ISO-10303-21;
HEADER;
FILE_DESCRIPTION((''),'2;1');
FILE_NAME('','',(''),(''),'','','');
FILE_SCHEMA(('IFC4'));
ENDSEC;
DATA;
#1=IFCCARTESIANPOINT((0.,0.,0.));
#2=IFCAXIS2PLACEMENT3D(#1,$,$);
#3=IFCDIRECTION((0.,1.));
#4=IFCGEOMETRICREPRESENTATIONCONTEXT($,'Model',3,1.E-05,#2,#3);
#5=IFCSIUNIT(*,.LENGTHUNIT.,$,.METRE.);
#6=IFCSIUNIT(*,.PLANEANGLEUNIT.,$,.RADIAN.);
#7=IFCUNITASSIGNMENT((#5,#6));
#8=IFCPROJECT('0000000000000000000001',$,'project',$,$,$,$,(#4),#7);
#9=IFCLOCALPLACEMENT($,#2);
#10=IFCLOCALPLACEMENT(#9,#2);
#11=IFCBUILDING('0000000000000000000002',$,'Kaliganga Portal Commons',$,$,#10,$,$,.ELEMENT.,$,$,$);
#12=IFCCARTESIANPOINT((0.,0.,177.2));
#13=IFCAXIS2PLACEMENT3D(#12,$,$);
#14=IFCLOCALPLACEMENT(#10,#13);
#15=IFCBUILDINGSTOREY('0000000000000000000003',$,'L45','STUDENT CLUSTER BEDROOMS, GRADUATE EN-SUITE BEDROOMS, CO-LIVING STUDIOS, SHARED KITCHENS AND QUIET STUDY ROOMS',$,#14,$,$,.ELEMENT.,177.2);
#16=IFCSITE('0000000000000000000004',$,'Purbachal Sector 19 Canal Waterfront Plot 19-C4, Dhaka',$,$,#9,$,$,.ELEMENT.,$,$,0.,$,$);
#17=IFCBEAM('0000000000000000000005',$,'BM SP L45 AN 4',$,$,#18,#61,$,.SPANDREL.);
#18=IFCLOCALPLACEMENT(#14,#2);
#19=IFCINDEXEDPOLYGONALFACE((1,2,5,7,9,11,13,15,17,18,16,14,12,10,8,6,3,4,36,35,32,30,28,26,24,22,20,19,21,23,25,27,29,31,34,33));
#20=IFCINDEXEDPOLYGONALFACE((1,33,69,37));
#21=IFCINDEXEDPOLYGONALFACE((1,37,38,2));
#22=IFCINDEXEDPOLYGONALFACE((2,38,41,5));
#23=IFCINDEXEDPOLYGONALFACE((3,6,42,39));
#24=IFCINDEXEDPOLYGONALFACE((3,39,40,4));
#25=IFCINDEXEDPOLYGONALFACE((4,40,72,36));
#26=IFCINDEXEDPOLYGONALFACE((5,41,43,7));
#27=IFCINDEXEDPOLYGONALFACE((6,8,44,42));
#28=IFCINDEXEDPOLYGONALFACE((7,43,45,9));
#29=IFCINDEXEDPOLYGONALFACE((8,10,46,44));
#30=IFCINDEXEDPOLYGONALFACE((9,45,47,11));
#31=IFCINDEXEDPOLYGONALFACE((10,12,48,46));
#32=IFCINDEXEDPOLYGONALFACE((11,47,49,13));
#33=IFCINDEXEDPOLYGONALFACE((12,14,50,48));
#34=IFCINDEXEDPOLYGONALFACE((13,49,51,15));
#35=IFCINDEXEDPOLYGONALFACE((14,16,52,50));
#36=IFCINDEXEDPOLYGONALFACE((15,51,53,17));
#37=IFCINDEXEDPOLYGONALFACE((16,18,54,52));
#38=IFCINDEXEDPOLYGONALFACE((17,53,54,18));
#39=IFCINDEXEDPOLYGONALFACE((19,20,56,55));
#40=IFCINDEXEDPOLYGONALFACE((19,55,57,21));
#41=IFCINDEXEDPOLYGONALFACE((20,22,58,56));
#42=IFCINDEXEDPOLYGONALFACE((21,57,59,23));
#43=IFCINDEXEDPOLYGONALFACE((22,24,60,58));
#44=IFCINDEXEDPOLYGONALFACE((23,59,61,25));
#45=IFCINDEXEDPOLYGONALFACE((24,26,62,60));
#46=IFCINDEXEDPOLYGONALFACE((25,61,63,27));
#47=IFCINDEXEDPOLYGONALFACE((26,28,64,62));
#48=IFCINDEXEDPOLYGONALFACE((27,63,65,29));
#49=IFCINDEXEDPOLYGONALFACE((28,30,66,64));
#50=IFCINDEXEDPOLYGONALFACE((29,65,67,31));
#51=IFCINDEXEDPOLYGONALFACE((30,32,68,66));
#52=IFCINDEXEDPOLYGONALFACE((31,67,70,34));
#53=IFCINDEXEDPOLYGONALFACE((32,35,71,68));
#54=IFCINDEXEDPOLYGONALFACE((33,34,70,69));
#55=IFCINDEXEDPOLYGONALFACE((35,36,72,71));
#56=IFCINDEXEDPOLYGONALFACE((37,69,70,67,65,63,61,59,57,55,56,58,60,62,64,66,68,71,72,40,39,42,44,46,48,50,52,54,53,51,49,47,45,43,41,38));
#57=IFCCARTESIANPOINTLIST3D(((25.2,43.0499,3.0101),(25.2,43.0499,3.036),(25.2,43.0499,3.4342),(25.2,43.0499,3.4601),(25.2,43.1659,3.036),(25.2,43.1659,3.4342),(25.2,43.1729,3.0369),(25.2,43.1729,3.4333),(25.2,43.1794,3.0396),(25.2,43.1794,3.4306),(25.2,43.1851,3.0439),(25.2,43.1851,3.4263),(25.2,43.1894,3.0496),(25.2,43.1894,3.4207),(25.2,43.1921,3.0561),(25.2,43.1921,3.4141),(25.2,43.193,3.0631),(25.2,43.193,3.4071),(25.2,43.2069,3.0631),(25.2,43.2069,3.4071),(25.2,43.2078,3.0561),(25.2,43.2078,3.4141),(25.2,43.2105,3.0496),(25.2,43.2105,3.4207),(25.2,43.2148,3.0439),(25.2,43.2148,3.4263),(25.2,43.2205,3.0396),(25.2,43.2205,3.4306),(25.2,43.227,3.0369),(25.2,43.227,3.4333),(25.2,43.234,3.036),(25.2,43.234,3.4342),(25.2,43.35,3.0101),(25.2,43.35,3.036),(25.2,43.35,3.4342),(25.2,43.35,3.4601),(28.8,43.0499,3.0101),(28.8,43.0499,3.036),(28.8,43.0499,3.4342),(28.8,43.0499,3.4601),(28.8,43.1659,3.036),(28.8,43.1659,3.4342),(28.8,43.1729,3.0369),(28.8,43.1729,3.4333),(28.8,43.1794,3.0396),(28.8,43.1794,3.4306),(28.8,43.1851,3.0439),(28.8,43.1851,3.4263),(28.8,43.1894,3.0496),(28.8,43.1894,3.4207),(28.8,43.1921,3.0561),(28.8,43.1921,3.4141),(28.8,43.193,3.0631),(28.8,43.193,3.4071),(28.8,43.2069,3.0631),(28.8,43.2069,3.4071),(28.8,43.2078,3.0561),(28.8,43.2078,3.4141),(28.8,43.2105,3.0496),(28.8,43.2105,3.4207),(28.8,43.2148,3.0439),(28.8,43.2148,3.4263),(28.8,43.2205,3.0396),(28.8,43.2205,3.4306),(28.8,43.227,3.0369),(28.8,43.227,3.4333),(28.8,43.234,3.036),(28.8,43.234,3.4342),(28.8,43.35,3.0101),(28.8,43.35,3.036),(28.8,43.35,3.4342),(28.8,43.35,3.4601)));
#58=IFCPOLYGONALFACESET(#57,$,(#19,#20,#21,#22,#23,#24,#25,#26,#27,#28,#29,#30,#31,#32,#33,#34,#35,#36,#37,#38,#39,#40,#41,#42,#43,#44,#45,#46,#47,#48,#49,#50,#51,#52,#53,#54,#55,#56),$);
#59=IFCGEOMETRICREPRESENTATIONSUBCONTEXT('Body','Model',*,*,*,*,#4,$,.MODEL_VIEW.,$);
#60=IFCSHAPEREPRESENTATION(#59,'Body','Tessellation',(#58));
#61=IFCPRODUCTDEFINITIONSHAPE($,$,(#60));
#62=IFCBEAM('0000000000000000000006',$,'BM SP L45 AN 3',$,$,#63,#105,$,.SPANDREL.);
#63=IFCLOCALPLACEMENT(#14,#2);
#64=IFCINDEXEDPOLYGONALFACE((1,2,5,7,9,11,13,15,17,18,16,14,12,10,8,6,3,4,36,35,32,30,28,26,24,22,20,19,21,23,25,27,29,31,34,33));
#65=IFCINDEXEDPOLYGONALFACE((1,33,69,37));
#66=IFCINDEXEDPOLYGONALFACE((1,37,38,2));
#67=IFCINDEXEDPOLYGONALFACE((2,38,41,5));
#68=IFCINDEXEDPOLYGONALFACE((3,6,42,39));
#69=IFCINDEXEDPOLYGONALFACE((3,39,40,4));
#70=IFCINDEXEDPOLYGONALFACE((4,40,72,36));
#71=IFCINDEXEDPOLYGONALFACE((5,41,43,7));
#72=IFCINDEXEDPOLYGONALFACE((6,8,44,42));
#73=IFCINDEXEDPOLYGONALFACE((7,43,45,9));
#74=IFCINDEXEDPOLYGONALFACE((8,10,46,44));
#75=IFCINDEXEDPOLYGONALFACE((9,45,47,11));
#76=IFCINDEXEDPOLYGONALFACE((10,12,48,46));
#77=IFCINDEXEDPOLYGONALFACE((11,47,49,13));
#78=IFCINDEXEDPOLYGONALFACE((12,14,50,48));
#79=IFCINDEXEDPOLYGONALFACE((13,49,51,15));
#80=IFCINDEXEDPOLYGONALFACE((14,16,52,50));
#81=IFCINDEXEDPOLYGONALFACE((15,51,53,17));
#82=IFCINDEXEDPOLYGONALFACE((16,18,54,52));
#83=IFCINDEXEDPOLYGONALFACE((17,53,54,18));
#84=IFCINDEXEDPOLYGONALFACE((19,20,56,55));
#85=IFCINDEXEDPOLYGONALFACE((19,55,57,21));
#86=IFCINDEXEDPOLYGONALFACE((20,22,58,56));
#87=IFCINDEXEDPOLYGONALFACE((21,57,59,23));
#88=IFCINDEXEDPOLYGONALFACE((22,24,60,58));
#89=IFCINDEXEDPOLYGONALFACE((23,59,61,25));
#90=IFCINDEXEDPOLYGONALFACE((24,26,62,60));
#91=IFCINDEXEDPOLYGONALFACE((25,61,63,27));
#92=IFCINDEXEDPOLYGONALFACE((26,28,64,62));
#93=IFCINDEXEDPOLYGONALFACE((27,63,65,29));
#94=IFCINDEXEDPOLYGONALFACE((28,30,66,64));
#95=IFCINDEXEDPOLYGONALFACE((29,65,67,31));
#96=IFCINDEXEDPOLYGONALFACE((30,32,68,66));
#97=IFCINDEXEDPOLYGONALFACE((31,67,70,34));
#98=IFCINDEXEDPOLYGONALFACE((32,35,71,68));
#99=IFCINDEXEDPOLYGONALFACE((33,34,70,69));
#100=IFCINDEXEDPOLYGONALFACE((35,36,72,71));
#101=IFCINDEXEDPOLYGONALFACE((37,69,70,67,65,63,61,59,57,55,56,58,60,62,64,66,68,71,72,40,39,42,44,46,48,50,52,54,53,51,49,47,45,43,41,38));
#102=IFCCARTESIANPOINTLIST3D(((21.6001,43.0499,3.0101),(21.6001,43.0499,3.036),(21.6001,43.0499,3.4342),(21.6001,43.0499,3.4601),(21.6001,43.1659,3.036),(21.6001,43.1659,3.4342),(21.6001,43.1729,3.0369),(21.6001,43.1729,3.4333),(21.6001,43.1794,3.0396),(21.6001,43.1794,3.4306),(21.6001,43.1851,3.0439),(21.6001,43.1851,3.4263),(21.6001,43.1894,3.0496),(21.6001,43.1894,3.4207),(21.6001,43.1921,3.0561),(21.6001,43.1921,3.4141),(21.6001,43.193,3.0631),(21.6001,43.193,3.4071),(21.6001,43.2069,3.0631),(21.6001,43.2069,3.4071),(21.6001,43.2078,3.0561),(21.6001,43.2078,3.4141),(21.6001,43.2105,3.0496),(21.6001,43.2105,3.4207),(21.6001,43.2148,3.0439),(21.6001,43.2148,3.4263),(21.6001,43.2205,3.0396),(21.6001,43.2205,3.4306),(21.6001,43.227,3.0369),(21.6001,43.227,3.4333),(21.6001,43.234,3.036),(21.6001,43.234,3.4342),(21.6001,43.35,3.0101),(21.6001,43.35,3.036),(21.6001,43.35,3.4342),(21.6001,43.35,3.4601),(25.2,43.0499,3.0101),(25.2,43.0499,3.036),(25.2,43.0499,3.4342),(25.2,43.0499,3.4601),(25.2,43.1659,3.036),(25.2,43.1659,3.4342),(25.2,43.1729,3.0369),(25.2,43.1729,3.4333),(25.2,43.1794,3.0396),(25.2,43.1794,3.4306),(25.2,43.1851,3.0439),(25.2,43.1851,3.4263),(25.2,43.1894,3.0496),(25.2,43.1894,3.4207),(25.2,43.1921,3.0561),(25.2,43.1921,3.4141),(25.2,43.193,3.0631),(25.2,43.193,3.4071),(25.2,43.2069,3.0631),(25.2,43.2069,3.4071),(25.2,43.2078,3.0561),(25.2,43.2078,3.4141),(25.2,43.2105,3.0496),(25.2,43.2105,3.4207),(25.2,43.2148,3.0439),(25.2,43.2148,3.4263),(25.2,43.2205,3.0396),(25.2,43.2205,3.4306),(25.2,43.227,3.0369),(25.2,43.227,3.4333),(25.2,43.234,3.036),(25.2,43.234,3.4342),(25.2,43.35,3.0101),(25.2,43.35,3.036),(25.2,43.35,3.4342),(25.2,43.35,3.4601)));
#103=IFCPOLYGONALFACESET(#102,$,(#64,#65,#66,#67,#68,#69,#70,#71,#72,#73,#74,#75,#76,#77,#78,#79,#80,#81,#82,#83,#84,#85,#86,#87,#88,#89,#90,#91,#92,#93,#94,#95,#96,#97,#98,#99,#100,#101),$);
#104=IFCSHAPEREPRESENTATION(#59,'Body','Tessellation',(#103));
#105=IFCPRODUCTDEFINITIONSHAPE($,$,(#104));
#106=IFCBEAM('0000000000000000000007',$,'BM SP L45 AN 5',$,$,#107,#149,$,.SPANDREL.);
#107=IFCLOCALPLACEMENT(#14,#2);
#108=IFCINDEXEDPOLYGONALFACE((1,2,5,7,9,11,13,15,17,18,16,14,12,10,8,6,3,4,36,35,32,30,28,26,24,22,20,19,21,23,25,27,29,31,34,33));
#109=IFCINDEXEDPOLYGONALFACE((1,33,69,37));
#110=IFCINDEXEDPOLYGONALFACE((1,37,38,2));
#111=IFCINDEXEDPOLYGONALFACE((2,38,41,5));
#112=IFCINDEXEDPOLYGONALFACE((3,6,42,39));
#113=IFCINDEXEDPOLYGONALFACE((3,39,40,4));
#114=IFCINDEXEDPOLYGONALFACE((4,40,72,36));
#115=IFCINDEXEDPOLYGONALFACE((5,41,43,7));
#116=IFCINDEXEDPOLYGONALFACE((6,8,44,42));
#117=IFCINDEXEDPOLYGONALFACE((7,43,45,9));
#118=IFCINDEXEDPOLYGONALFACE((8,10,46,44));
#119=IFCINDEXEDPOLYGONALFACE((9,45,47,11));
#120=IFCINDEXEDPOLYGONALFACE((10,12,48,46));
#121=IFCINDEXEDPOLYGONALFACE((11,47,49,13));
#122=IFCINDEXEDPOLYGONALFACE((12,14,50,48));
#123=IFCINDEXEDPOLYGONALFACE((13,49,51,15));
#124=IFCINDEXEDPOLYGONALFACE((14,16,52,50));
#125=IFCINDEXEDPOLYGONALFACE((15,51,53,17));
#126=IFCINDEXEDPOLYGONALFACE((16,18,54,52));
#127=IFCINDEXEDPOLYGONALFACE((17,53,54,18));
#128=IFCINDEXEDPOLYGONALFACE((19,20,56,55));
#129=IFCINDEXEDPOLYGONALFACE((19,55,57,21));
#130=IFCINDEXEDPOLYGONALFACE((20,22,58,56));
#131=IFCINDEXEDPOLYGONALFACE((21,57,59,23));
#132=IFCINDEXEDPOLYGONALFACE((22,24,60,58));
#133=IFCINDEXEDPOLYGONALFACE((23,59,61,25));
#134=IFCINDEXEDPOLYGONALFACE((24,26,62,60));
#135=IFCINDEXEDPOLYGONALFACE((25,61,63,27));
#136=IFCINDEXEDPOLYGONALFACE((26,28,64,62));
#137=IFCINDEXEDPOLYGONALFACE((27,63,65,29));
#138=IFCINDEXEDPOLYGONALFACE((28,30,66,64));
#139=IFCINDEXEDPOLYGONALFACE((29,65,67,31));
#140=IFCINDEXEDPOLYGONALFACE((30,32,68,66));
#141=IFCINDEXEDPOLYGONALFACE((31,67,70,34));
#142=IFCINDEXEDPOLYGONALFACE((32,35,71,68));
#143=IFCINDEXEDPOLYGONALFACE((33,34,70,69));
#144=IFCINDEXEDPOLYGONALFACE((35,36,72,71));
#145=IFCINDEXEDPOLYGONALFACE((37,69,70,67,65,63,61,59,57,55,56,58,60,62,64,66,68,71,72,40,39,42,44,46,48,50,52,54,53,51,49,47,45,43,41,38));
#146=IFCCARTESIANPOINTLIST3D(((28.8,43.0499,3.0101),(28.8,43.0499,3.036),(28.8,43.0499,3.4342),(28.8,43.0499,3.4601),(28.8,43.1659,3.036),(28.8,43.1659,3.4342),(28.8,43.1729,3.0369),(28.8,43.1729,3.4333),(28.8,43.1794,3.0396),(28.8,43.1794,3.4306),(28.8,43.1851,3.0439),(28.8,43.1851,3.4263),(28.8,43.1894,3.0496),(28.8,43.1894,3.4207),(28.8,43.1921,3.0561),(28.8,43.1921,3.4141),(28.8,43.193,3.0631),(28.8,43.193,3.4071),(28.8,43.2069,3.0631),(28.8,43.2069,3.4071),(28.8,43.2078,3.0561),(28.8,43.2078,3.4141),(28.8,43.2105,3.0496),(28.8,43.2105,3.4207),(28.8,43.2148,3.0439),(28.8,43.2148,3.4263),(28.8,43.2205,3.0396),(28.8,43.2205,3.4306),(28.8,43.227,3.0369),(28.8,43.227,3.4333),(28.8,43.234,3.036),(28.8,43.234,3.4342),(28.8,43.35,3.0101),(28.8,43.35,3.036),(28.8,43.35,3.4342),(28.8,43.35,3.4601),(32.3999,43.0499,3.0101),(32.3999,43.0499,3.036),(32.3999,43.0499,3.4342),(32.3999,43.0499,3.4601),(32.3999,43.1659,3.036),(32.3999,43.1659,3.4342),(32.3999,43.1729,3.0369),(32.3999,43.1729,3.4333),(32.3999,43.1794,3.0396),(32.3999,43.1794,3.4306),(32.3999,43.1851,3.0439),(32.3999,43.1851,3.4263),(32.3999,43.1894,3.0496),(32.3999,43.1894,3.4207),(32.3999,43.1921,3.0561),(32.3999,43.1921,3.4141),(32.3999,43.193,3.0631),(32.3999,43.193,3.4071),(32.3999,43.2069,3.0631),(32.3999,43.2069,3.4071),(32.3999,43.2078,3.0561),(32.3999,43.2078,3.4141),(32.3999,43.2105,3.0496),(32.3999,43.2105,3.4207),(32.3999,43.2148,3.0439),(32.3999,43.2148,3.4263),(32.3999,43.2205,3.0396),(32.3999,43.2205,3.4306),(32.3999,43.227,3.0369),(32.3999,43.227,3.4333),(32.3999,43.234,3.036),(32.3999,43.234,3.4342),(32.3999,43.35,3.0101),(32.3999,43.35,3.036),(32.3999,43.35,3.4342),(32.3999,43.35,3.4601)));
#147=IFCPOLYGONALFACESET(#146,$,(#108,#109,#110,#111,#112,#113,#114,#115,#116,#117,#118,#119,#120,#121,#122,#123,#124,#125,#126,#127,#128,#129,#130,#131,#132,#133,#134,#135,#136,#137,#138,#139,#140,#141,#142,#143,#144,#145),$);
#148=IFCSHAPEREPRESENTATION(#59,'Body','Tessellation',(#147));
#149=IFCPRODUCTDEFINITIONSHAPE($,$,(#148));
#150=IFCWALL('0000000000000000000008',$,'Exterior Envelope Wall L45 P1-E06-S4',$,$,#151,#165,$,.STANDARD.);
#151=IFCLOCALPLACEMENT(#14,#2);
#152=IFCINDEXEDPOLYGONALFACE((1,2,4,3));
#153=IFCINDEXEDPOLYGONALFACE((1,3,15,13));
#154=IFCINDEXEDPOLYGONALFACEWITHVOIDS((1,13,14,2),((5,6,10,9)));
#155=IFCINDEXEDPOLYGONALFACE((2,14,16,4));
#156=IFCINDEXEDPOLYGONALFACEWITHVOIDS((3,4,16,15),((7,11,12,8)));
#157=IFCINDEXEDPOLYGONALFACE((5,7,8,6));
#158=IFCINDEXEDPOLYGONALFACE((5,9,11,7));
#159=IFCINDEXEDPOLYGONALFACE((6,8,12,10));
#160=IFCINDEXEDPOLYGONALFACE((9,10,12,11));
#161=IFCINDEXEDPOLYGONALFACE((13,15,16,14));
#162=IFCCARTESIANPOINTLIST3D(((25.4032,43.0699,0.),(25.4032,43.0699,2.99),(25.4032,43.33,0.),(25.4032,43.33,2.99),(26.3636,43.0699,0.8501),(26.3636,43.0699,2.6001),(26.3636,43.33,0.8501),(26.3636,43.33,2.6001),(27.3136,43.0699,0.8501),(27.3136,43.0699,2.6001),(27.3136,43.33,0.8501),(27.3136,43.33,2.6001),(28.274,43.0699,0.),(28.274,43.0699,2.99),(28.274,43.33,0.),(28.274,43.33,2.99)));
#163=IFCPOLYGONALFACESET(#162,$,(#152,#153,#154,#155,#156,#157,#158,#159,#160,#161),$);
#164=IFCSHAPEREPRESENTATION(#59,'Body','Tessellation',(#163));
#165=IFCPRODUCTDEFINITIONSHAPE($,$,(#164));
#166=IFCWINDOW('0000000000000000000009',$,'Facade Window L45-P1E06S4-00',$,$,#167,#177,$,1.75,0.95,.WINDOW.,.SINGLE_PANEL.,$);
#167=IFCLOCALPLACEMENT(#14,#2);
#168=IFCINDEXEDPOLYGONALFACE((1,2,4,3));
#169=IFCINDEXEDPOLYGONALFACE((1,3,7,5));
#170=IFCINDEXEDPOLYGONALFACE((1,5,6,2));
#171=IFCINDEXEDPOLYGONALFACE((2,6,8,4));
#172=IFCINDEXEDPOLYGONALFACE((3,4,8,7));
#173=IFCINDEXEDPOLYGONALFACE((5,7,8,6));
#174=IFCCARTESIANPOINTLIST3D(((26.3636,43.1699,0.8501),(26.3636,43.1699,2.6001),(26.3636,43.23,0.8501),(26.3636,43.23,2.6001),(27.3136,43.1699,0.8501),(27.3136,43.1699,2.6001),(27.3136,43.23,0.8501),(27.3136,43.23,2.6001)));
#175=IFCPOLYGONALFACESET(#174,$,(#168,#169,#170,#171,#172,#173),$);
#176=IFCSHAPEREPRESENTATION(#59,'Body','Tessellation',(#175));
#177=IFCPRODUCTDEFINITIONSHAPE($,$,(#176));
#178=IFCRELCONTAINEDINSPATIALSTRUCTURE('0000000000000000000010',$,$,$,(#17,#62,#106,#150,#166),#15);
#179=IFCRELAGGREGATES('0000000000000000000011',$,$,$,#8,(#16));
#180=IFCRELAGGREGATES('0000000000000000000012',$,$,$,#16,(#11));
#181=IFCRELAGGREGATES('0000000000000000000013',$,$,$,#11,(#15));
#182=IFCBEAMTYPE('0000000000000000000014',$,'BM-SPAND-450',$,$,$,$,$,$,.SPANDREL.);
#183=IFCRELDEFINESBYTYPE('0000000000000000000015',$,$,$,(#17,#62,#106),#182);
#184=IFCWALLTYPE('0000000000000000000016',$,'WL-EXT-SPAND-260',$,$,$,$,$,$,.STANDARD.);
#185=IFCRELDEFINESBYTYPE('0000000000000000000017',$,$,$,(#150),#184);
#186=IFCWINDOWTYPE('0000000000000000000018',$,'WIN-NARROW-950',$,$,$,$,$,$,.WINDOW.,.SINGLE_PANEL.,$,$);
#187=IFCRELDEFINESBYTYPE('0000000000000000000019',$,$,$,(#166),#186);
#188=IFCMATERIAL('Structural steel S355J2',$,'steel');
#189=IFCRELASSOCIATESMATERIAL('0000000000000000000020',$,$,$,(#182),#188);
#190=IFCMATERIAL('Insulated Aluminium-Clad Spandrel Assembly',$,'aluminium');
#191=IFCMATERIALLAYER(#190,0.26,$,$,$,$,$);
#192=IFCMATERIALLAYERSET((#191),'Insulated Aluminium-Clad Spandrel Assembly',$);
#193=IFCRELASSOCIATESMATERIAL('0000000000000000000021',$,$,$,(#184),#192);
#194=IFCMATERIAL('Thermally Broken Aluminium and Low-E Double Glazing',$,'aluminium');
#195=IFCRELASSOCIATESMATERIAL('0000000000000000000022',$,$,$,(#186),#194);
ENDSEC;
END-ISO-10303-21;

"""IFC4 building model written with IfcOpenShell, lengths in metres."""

from ifc_helpers import new_model, si_unit, direction, frame, frame_2d, origin, origin_2d, place, context, subcontext, project, spatial, rectangle, i_section, extrude, source, transform, mapped, material, layer, layer_set, material_profile, profile_set, type_object, element, fill, save


model = new_model("IFC4")

# Units and contexts
model_context = context("Model", 3, precision=1e-05, world=origin(), true_north=direction((0.0, 1.0)))
body_context = subcontext(model_context, "Body", "Model", "MODEL_VIEW")
ifc_project = project(units=[si_unit("LENGTHUNIT", "METRE"), si_unit("PLANEANGLEUNIT", "RADIAN")], contexts=[model_context])

# Site, building, storey
site_placement = place(None, origin())
site = spatial("IfcSite", under=ifc_project, at=site_placement, Name="Purbachal Sector 19 Canal Waterfront Plot 19-C4, Dhaka", CompositionType="ELEMENT", RefElevation=0.0)
building_placement = place(site_placement, origin())
building = spatial("IfcBuilding", under=site, at=building_placement, Name="Kaliganga Portal Commons", CompositionType="ELEMENT")
storey_placement = place(building_placement, frame((0.0, 0.0, 177.2)))
storey = spatial("IfcBuildingStorey", under=building, at=storey_placement, Name="L45", Description="STUDENT CLUSTER BEDROOMS, GRADUATE EN-SUITE BEDROOMS, CO-LIVING STUDIOS, SHARED KITCHENS AND QUIET STUDY ROOMS", CompositionType="ELEMENT", Elevation=177.2)

# Beams
ifc_material_1 = material(Name="Structural steel S355J2", Category="steel")
ifc_material_profile_1 = material_profile(ifc_material_1, i_section(OverallWidth=0.3, OverallDepth=0.45, WebThickness=0.0139, FlangeThickness=0.0259, FilletRadius=0.0271, at=origin_2d()), Name="HE 450 B")
ifc_profile_set_1 = profile_set([ifc_material_profile_1], Name="Structural steel S355J2 wide-flange")
beam_type = type_object("IfcBeamType", Name="BM-SPAND-450", PredefinedType="SPANDREL", material=ifc_profile_set_1)
shared_shape_1 = source(origin(), body_context, "Body", "SweptSolid", [
    extrude(i_section(OverallWidth=0.3, OverallDepth=0.45, WebThickness=0.0139, FlangeThickness=0.0259, FilletRadius=0.0271, at=origin_2d()), origin(), (0.0, 0.0, 1.0), 3.6001),
])
for number, where, z_axis, x_axis, name in (
    (1, (25.2, 43.2, 3.2351), (1.0, 0.0, 0.0), (0.0, 1.0, 0.0), "BM SP L45 AN 4"),
):
    element("IfcBeam", number, at=place(storey_placement, frame(where, z_axis=z_axis, x_axis=x_axis)), inside=storey, type_object=beam_type, Name=name, PredefinedType="SPANDREL", context=body_context, shape_type="MappedRepresentation", body=[
        mapped(shared_shape_1, transform((0.0, 0.0, 0.0), x_axis=(1.0, 0.0, 0.0), y_axis=(0.0, 1.0, 0.0), z_axis=(0.0, 0.0, 1.0), scale=1.0)),
    ])
shared_shape_2 = source(origin(), body_context, "Body", "SweptSolid", [
    extrude(i_section(OverallWidth=0.3, OverallDepth=0.45, WebThickness=0.0139, FlangeThickness=0.0259, FilletRadius=0.0271, at=origin_2d()), origin(), (0.0, 0.0, 1.0), 3.5999),
])
for number, where, z_axis, x_axis, name in (
    (2, (21.6001, 43.2, 3.2351), (1.0, 0.0, 0.0), (0.0, 1.0, 0.0), "BM SP L45 AN 3"),
    (3, (28.8, 43.2, 3.2351), (1.0, 0.0, 0.0), (0.0, 1.0, 0.0), "BM SP L45 AN 5"),
):
    element("IfcBeam", number, at=place(storey_placement, frame(where, z_axis=z_axis, x_axis=x_axis)), inside=storey, type_object=beam_type, Name=name, PredefinedType="SPANDREL", context=body_context, shape_type="MappedRepresentation", body=[
        mapped(shared_shape_2, transform((0.0, 0.0, 0.0), x_axis=(1.0, 0.0, 0.0), y_axis=(0.0, 1.0, 0.0), z_axis=(0.0, 0.0, 1.0), scale=1.0)),
    ])

# Wall, opening, window
ifc_material_2 = material(Name="Insulated Aluminium-Clad Spandrel Assembly", Category="aluminium")
ifc_layer_1 = layer(ifc_material_2, 0.26)
ifc_layer_set_1 = layer_set([ifc_layer_1], Name="Insulated Aluminium-Clad Spandrel Assembly")
wall_type_1 = type_object("IfcWallType", Name="WL-EXT-SPAND-260", PredefinedType="STANDARD", material=ifc_layer_set_1)
wall_1_placement = place(storey_placement, frame((25.4031, 43.2, 0.0), z_axis=(0.0, 0.0, 1.0), x_axis=(1.0, 0.0, 0.0)))
wall_1 = element("IfcWall", 4, at=wall_1_placement, inside=storey, type_object=wall_type_1, Name="Exterior Envelope Wall L45 P1-E06-S4", PredefinedType="STANDARD", context=body_context, shape_type="SweptSolid", body=[
    extrude(rectangle(XDim=2.8708, YDim=0.26, at=frame_2d((1.4355, 0.0))), origin(), (0.0, 0.0, 1.0), 2.99),
])
opening_1_placement = place(wall_1_placement, frame((0.9604, 0.0, 0.8501)))
opening_1 = element("IfcOpeningElement", 5, at=opening_1_placement, cuts=wall_1, PredefinedType="OPENING", context=body_context, shape_type="SweptSolid", body=[
    extrude(rectangle(XDim=0.95, YDim=1.75, at=frame_2d((0.4751, 0.875))), frame((0.0, 0.1401, 0.0), z_axis=(0.0, -1.0, 0.0), x_axis=(1.0, 0.0, 0.0)), (0.0, 0.0, 1.0), 0.28),
])
ifc_material_3 = material(Name="Thermally Broken Aluminium and Low-E Double Glazing", Category="aluminium")
window_type = type_object("IfcWindowType", Name="WIN-NARROW-950", PartitioningType="SINGLE_PANEL", PredefinedType="WINDOW", material=ifc_material_3)
window_1_placement = place(opening_1_placement, origin())
window_1 = element("IfcWindow", 6, at=window_1_placement, inside=storey, type_object=window_type, Name="Facade Window L45-P1E06S4-00", OverallHeight=1.75, OverallWidth=0.95, PartitioningType="SINGLE_PANEL", PredefinedType="WINDOW", context=body_context, shape_type="SweptSolid", body=[
    extrude(rectangle(XDim=0.95, YDim=1.75, at=frame_2d((0.4751, 0.875))), frame((0.0, 0.03, 0.0), z_axis=(0.0, -1.0, 0.0), x_axis=(1.0, 0.0, 0.0)), (0.0, 0.0, 1.0), 0.0601),
])
fill(opening_1, window_1)

save(model, "model.ifc")
